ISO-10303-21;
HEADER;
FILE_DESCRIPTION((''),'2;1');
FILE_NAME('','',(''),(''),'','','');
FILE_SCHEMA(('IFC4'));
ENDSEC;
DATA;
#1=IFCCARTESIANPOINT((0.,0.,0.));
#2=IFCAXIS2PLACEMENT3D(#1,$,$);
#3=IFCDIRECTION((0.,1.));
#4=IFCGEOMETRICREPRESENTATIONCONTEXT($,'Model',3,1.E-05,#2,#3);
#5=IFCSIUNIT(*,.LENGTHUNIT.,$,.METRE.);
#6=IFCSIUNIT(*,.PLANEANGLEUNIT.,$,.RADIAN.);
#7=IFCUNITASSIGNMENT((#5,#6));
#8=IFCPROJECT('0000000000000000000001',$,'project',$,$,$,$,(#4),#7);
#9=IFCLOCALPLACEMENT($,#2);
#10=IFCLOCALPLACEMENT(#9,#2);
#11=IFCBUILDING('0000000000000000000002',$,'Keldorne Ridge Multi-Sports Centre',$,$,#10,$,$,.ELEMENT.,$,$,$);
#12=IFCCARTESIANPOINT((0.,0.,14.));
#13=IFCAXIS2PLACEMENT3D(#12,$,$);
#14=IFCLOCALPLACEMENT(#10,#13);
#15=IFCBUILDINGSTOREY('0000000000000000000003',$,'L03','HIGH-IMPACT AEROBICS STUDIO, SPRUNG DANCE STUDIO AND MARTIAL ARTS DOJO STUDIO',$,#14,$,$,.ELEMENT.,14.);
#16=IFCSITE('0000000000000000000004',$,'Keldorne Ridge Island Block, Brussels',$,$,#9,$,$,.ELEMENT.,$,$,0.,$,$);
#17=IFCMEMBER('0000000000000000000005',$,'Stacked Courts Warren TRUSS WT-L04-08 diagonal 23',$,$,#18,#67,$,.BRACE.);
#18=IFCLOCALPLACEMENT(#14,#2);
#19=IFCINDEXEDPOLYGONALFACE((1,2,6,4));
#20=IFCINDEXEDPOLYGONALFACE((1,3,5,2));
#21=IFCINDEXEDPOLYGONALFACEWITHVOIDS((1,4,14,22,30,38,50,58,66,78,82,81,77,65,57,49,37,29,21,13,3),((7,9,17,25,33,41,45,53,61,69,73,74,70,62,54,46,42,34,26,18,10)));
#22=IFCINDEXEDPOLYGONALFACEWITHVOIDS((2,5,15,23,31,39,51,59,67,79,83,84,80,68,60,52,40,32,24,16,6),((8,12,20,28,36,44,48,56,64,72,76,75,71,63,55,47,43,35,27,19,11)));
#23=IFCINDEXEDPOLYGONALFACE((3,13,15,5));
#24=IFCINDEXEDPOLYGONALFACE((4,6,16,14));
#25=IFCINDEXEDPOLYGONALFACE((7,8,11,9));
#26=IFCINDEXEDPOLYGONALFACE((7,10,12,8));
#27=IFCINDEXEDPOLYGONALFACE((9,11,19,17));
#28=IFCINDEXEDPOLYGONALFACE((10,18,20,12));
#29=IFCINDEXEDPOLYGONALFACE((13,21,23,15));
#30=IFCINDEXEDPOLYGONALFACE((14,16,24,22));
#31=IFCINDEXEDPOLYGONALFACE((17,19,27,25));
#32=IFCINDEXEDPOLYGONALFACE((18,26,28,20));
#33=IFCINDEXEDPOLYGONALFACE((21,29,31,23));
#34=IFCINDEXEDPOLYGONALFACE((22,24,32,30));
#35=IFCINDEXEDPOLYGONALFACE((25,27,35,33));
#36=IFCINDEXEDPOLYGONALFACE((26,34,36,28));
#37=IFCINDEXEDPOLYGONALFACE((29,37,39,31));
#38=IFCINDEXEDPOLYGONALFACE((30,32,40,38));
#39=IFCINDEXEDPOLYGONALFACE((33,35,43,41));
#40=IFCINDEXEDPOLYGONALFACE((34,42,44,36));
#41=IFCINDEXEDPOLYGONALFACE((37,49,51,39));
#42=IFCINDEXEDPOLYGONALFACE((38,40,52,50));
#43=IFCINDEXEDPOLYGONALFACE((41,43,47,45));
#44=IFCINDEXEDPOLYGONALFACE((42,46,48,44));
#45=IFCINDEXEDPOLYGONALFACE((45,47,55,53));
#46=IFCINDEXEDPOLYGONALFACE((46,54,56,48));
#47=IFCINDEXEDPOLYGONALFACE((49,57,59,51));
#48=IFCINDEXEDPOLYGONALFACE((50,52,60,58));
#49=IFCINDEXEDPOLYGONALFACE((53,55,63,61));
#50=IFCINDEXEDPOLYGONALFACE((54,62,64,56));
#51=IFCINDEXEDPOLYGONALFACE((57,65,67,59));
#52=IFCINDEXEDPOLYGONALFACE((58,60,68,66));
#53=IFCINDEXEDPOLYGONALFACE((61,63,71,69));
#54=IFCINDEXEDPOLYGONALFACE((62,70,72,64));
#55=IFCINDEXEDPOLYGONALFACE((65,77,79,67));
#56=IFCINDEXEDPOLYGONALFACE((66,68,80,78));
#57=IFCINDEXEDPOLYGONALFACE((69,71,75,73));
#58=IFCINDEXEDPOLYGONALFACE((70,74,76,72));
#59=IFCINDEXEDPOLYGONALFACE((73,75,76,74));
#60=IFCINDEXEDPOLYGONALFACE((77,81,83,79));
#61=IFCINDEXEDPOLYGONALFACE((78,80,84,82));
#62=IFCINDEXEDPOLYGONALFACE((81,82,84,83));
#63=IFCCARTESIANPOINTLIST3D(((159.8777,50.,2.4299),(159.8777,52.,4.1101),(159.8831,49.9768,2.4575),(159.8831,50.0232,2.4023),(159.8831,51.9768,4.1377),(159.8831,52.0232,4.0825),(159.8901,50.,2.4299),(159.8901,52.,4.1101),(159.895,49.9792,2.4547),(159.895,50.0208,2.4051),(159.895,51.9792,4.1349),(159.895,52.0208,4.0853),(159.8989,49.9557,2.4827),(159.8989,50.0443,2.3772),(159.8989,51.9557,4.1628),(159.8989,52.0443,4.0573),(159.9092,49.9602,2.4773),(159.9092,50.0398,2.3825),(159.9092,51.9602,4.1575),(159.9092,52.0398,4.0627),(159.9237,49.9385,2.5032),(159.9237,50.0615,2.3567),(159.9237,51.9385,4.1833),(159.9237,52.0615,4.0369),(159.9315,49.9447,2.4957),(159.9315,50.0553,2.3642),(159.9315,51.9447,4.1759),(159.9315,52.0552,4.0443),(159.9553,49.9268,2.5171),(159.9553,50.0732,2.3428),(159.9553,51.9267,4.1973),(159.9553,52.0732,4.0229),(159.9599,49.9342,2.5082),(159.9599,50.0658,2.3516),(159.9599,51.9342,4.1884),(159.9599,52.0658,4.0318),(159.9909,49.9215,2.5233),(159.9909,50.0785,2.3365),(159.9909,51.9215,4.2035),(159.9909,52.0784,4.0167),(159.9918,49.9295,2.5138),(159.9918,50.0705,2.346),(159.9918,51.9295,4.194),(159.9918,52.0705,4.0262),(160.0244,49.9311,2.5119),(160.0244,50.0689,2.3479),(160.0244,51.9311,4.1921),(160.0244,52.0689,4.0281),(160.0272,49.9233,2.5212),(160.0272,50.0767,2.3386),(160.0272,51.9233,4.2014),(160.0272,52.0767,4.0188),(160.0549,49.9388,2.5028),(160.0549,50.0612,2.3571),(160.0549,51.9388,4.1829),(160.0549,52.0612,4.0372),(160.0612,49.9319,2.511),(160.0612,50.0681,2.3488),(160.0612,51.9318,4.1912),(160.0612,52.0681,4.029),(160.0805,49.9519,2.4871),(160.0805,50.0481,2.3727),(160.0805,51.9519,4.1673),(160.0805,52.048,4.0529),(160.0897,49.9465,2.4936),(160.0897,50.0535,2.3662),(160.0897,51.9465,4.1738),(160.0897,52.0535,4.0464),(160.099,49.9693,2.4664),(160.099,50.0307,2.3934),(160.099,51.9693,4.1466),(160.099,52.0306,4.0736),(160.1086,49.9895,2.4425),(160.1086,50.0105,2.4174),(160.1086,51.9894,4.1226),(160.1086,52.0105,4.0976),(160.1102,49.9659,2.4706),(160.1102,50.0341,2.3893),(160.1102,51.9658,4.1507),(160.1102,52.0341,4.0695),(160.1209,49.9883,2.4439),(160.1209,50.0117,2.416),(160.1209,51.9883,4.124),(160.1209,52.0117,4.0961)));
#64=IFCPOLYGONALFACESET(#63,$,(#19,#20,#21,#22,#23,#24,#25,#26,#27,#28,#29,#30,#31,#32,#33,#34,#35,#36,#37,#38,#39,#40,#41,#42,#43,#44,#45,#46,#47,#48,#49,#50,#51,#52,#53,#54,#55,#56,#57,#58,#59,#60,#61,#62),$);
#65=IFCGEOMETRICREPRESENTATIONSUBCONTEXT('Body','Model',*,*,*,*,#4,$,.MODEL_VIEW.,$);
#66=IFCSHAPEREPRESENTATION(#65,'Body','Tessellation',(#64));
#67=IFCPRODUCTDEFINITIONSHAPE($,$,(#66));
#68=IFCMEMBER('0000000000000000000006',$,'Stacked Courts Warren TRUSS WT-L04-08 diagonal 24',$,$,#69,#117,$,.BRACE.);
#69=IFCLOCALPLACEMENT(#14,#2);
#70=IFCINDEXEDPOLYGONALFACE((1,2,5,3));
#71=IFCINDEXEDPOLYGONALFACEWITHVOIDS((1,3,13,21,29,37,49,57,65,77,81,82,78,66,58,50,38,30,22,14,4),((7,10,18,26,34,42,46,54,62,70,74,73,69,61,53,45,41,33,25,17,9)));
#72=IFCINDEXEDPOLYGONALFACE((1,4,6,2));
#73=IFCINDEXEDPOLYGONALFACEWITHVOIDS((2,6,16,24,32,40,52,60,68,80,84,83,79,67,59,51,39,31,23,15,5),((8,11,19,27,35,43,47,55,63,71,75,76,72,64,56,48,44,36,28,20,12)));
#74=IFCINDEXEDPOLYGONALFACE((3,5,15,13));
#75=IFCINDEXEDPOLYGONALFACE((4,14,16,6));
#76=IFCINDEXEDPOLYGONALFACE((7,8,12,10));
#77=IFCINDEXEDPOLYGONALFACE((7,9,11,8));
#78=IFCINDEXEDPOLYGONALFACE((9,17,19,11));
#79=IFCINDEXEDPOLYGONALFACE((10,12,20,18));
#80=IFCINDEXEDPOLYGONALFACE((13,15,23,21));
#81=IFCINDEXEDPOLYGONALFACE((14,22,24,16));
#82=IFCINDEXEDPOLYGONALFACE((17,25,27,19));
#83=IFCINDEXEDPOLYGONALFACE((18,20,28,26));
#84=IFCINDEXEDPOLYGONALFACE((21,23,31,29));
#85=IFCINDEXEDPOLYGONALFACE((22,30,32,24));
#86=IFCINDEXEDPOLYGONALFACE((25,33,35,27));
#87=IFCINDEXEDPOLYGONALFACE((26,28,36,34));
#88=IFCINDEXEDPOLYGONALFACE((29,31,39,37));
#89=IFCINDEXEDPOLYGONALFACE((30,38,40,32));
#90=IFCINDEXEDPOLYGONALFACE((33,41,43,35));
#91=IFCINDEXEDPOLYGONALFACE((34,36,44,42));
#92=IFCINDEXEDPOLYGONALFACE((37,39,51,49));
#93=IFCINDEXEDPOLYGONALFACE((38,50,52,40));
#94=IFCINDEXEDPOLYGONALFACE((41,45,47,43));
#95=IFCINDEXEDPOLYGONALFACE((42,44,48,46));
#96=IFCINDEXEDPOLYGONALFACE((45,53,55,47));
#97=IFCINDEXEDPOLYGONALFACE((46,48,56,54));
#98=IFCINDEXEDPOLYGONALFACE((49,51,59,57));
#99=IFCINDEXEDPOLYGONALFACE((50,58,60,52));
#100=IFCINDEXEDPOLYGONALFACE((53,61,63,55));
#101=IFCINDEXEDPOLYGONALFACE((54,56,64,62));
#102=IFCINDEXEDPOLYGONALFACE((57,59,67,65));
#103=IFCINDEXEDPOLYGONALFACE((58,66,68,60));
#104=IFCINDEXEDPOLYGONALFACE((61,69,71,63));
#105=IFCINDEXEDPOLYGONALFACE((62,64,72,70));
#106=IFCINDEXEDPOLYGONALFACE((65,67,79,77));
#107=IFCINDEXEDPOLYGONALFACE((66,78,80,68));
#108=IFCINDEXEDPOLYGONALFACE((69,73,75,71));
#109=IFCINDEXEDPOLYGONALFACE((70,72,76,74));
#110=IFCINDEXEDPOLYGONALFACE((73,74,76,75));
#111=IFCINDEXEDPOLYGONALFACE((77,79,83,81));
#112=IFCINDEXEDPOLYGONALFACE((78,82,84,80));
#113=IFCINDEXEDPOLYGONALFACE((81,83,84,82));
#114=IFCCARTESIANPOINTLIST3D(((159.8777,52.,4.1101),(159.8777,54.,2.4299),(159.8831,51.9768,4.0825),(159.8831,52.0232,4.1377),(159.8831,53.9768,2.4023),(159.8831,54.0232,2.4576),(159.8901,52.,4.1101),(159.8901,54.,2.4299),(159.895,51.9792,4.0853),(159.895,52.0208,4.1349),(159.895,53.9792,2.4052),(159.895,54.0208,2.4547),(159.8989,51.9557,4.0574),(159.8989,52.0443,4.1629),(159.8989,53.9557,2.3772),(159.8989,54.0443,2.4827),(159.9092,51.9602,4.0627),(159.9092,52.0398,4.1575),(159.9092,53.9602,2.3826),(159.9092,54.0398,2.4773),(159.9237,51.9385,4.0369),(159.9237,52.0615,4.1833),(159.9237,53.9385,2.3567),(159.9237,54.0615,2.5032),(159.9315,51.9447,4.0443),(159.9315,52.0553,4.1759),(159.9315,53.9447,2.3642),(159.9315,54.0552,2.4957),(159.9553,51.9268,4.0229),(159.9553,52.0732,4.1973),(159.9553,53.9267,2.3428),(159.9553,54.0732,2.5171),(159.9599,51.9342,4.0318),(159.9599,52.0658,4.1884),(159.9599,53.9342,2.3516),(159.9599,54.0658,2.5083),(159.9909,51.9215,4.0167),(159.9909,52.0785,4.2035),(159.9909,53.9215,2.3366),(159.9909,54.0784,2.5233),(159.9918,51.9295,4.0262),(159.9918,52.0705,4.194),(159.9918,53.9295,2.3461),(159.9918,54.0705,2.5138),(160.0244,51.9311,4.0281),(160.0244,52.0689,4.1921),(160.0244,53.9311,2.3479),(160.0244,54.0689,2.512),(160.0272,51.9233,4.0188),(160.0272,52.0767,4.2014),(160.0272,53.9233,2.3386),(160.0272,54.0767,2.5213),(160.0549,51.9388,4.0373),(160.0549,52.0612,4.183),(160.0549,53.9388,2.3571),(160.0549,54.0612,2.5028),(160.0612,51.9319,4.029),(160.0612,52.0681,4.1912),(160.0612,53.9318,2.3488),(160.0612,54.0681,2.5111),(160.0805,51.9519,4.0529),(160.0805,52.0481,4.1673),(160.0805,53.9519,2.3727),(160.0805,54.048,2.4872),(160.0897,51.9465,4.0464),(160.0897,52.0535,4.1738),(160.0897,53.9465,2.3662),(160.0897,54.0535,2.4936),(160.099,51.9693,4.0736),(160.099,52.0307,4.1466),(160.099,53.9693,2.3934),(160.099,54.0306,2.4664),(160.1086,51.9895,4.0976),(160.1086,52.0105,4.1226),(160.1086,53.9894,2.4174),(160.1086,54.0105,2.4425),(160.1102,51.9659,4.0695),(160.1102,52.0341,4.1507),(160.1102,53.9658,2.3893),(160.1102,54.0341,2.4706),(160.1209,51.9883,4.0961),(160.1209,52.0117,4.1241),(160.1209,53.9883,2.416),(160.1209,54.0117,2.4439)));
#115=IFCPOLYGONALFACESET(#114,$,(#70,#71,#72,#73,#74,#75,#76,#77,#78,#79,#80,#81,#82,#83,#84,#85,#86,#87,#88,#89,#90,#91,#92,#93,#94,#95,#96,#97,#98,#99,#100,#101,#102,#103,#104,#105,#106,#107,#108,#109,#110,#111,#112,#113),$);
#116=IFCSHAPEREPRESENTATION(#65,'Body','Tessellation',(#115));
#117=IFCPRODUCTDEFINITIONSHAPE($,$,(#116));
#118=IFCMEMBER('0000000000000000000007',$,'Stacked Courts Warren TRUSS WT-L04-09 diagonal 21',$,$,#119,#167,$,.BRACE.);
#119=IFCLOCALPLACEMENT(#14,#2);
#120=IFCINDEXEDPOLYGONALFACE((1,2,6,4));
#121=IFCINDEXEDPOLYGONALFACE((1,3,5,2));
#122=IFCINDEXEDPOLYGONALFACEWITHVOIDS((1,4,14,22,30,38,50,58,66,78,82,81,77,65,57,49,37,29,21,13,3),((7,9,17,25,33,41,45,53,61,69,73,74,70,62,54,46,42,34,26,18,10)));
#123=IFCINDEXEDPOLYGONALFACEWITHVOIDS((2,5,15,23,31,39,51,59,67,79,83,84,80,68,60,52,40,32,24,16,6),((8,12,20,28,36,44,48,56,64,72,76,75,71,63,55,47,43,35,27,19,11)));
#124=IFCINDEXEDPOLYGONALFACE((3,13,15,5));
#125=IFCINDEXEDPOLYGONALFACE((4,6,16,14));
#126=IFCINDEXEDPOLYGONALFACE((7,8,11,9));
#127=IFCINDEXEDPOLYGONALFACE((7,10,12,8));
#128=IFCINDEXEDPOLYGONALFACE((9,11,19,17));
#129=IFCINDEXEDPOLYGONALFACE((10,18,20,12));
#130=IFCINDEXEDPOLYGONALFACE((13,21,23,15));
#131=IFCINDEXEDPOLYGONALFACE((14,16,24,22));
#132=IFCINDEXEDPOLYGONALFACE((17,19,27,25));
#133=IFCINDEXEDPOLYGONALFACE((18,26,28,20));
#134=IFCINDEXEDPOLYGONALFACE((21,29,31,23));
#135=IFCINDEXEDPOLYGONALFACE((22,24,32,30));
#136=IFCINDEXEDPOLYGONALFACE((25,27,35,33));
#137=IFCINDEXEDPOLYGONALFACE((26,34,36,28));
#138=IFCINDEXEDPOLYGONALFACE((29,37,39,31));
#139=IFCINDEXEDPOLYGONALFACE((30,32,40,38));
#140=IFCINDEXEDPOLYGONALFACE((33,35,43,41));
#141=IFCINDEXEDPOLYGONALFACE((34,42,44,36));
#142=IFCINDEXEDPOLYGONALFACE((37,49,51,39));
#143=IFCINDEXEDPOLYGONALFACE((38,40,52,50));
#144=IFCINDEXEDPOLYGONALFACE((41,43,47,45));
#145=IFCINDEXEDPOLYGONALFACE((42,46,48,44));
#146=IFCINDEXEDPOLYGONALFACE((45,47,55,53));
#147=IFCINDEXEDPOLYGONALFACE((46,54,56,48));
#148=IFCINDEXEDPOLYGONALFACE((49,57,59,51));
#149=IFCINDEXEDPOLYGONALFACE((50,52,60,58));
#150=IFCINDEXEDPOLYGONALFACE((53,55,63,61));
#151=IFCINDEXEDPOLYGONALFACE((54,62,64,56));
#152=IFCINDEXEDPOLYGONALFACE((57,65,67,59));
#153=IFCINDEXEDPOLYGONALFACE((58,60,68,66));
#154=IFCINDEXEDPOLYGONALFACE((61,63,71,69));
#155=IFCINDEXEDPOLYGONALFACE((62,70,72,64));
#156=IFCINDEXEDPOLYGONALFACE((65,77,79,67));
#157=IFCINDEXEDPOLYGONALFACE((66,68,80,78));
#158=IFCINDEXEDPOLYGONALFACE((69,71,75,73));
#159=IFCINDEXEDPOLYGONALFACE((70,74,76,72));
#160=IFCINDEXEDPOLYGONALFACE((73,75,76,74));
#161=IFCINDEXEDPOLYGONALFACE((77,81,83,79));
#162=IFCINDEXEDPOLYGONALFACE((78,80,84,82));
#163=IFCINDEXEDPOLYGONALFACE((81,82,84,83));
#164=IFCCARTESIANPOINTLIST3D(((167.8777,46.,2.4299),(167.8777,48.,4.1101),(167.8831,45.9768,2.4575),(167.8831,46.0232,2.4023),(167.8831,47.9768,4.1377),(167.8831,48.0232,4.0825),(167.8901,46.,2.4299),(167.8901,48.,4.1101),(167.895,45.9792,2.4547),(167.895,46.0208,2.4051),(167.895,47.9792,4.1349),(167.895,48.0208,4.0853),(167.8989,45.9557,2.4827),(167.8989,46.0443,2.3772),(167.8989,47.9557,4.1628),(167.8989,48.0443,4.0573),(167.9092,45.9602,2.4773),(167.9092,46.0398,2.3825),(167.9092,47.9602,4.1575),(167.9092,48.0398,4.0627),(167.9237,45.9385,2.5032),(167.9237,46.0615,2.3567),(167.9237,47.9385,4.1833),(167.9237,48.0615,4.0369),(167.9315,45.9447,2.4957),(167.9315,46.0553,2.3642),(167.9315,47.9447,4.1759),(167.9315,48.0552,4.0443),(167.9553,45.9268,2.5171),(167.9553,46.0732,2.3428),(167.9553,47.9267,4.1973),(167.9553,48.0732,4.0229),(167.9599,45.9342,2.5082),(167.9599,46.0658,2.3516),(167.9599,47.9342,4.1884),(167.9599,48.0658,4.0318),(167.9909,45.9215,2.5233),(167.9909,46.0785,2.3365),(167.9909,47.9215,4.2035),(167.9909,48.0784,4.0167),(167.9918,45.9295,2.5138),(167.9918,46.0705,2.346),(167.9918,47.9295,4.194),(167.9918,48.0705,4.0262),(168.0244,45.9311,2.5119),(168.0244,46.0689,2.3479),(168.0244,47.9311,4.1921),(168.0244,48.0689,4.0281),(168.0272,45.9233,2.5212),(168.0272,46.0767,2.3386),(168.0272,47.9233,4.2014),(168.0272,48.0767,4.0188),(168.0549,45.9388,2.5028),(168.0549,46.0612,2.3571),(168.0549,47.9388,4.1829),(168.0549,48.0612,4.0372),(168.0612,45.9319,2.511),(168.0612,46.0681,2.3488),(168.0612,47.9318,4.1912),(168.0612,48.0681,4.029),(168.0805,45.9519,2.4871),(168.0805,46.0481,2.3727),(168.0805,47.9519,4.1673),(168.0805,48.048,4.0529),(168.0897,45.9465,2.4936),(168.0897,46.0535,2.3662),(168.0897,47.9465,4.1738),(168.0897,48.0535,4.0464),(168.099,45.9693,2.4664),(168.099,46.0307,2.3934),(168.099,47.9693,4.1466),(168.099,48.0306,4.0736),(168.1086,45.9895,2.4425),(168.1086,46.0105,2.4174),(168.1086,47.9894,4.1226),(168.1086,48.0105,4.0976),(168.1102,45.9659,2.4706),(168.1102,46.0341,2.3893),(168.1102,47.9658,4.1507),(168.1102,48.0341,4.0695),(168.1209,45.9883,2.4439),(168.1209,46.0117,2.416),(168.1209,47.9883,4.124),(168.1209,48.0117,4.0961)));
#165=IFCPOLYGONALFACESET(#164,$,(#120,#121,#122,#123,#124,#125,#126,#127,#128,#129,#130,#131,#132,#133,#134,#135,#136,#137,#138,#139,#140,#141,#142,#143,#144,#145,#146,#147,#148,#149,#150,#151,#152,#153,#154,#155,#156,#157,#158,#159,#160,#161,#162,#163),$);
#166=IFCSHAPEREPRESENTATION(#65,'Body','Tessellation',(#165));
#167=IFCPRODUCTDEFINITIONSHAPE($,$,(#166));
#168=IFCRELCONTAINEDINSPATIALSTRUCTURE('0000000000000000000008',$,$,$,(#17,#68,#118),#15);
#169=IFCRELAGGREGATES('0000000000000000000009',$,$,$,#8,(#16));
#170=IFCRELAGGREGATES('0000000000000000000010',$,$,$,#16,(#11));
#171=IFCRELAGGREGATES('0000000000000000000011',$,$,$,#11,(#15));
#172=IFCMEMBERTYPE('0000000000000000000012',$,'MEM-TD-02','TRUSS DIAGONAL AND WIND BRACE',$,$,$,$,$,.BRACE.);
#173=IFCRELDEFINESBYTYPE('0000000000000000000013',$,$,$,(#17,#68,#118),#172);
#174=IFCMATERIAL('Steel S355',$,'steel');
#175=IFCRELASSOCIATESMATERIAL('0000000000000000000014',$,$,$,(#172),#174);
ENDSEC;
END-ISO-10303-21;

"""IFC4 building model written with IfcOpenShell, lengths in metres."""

from ifc_helpers import new_model, si_unit, direction, frame, origin, origin_2d, place, context, subcontext, project, spatial, hollow_circle, extrude, material, material_profile, profile_set, type_object, element, save


model = new_model("IFC4")

# Units and contexts
model_context = context("Model", 3, precision=1e-05, world=origin(), true_north=direction((0.0, 1.0)))
body_context = subcontext(model_context, "Body", "Model", "MODEL_VIEW")
ifc_project = project(units=[si_unit("LENGTHUNIT", "METRE"), si_unit("PLANEANGLEUNIT", "RADIAN")], contexts=[model_context])

# Site, building, storey
site_placement = place(None, origin())
site = spatial("IfcSite", under=ifc_project, at=site_placement, Name="Keldorne Ridge Island Block, Brussels", CompositionType="ELEMENT", RefElevation=0.0)
building_placement = place(site_placement, origin())
building = spatial("IfcBuilding", under=site, at=building_placement, Name="Keldorne Ridge Multi-Sports Centre", CompositionType="ELEMENT")
storey_placement = place(building_placement, frame((0.0, 0.0, 14.0)))
storey = spatial("IfcBuildingStorey", under=building, at=storey_placement, Name="L03", Description="HIGH-IMPACT AEROBICS STUDIO, SPRUNG DANCE STUDIO AND MARTIAL ARTS DOJO STUDIO", CompositionType="ELEMENT", Elevation=14.0)

# Shared definitions
ifc_material_1 = material(Name="Steel S355", Category="steel")

# Members
ifc_material_profile_1 = material_profile(ifc_material_1, hollow_circle(Radius=0.1223, WallThickness=0.0125, at=origin_2d()), Name="CHS 244.5x12.5")
ifc_profile_set_1 = profile_set([ifc_material_profile_1], Name="Steel S355")
member_type_1 = type_object("IfcMemberType", Name="MEM-TD-02", Description="TRUSS DIAGONAL AND WIND BRACE", PredefinedType="BRACE", material=ifc_profile_set_1)
for number, where, z_axis, x_axis, name in (
    (1, (160.0, 50.0, 2.4299), (0.0, 0.765672, 0.643232), (-1.0, 0.0, 0.0), "Stacked Courts Warren TRUSS WT-L04-08 diagonal 23"),
    (2, (160.0, 52.0, 4.1101), (0.0, 0.765672, -0.643232), (-1.0, 0.0, 0.0), "Stacked Courts Warren TRUSS WT-L04-08 diagonal 24"),
    (3, (168.0, 46.0, 2.4299), (0.0, 0.765672, 0.643232), (-1.0, 0.0, 0.0), "Stacked Courts Warren TRUSS WT-L04-09 diagonal 21"),
):
    element("IfcMember", number, at=place(storey_placement, frame(where, z_axis=z_axis, x_axis=x_axis)), inside=storey, type_object=member_type_1, Name=name, PredefinedType="BRACE", context=body_context, shape_type="SweptSolid", body=[
        extrude(hollow_circle(Radius=0.1223, WallThickness=0.0125, at=origin_2d()), origin(), (0.0, 0.0, 1.0), 2.6121),
    ])

save(model, "model.ifc")
